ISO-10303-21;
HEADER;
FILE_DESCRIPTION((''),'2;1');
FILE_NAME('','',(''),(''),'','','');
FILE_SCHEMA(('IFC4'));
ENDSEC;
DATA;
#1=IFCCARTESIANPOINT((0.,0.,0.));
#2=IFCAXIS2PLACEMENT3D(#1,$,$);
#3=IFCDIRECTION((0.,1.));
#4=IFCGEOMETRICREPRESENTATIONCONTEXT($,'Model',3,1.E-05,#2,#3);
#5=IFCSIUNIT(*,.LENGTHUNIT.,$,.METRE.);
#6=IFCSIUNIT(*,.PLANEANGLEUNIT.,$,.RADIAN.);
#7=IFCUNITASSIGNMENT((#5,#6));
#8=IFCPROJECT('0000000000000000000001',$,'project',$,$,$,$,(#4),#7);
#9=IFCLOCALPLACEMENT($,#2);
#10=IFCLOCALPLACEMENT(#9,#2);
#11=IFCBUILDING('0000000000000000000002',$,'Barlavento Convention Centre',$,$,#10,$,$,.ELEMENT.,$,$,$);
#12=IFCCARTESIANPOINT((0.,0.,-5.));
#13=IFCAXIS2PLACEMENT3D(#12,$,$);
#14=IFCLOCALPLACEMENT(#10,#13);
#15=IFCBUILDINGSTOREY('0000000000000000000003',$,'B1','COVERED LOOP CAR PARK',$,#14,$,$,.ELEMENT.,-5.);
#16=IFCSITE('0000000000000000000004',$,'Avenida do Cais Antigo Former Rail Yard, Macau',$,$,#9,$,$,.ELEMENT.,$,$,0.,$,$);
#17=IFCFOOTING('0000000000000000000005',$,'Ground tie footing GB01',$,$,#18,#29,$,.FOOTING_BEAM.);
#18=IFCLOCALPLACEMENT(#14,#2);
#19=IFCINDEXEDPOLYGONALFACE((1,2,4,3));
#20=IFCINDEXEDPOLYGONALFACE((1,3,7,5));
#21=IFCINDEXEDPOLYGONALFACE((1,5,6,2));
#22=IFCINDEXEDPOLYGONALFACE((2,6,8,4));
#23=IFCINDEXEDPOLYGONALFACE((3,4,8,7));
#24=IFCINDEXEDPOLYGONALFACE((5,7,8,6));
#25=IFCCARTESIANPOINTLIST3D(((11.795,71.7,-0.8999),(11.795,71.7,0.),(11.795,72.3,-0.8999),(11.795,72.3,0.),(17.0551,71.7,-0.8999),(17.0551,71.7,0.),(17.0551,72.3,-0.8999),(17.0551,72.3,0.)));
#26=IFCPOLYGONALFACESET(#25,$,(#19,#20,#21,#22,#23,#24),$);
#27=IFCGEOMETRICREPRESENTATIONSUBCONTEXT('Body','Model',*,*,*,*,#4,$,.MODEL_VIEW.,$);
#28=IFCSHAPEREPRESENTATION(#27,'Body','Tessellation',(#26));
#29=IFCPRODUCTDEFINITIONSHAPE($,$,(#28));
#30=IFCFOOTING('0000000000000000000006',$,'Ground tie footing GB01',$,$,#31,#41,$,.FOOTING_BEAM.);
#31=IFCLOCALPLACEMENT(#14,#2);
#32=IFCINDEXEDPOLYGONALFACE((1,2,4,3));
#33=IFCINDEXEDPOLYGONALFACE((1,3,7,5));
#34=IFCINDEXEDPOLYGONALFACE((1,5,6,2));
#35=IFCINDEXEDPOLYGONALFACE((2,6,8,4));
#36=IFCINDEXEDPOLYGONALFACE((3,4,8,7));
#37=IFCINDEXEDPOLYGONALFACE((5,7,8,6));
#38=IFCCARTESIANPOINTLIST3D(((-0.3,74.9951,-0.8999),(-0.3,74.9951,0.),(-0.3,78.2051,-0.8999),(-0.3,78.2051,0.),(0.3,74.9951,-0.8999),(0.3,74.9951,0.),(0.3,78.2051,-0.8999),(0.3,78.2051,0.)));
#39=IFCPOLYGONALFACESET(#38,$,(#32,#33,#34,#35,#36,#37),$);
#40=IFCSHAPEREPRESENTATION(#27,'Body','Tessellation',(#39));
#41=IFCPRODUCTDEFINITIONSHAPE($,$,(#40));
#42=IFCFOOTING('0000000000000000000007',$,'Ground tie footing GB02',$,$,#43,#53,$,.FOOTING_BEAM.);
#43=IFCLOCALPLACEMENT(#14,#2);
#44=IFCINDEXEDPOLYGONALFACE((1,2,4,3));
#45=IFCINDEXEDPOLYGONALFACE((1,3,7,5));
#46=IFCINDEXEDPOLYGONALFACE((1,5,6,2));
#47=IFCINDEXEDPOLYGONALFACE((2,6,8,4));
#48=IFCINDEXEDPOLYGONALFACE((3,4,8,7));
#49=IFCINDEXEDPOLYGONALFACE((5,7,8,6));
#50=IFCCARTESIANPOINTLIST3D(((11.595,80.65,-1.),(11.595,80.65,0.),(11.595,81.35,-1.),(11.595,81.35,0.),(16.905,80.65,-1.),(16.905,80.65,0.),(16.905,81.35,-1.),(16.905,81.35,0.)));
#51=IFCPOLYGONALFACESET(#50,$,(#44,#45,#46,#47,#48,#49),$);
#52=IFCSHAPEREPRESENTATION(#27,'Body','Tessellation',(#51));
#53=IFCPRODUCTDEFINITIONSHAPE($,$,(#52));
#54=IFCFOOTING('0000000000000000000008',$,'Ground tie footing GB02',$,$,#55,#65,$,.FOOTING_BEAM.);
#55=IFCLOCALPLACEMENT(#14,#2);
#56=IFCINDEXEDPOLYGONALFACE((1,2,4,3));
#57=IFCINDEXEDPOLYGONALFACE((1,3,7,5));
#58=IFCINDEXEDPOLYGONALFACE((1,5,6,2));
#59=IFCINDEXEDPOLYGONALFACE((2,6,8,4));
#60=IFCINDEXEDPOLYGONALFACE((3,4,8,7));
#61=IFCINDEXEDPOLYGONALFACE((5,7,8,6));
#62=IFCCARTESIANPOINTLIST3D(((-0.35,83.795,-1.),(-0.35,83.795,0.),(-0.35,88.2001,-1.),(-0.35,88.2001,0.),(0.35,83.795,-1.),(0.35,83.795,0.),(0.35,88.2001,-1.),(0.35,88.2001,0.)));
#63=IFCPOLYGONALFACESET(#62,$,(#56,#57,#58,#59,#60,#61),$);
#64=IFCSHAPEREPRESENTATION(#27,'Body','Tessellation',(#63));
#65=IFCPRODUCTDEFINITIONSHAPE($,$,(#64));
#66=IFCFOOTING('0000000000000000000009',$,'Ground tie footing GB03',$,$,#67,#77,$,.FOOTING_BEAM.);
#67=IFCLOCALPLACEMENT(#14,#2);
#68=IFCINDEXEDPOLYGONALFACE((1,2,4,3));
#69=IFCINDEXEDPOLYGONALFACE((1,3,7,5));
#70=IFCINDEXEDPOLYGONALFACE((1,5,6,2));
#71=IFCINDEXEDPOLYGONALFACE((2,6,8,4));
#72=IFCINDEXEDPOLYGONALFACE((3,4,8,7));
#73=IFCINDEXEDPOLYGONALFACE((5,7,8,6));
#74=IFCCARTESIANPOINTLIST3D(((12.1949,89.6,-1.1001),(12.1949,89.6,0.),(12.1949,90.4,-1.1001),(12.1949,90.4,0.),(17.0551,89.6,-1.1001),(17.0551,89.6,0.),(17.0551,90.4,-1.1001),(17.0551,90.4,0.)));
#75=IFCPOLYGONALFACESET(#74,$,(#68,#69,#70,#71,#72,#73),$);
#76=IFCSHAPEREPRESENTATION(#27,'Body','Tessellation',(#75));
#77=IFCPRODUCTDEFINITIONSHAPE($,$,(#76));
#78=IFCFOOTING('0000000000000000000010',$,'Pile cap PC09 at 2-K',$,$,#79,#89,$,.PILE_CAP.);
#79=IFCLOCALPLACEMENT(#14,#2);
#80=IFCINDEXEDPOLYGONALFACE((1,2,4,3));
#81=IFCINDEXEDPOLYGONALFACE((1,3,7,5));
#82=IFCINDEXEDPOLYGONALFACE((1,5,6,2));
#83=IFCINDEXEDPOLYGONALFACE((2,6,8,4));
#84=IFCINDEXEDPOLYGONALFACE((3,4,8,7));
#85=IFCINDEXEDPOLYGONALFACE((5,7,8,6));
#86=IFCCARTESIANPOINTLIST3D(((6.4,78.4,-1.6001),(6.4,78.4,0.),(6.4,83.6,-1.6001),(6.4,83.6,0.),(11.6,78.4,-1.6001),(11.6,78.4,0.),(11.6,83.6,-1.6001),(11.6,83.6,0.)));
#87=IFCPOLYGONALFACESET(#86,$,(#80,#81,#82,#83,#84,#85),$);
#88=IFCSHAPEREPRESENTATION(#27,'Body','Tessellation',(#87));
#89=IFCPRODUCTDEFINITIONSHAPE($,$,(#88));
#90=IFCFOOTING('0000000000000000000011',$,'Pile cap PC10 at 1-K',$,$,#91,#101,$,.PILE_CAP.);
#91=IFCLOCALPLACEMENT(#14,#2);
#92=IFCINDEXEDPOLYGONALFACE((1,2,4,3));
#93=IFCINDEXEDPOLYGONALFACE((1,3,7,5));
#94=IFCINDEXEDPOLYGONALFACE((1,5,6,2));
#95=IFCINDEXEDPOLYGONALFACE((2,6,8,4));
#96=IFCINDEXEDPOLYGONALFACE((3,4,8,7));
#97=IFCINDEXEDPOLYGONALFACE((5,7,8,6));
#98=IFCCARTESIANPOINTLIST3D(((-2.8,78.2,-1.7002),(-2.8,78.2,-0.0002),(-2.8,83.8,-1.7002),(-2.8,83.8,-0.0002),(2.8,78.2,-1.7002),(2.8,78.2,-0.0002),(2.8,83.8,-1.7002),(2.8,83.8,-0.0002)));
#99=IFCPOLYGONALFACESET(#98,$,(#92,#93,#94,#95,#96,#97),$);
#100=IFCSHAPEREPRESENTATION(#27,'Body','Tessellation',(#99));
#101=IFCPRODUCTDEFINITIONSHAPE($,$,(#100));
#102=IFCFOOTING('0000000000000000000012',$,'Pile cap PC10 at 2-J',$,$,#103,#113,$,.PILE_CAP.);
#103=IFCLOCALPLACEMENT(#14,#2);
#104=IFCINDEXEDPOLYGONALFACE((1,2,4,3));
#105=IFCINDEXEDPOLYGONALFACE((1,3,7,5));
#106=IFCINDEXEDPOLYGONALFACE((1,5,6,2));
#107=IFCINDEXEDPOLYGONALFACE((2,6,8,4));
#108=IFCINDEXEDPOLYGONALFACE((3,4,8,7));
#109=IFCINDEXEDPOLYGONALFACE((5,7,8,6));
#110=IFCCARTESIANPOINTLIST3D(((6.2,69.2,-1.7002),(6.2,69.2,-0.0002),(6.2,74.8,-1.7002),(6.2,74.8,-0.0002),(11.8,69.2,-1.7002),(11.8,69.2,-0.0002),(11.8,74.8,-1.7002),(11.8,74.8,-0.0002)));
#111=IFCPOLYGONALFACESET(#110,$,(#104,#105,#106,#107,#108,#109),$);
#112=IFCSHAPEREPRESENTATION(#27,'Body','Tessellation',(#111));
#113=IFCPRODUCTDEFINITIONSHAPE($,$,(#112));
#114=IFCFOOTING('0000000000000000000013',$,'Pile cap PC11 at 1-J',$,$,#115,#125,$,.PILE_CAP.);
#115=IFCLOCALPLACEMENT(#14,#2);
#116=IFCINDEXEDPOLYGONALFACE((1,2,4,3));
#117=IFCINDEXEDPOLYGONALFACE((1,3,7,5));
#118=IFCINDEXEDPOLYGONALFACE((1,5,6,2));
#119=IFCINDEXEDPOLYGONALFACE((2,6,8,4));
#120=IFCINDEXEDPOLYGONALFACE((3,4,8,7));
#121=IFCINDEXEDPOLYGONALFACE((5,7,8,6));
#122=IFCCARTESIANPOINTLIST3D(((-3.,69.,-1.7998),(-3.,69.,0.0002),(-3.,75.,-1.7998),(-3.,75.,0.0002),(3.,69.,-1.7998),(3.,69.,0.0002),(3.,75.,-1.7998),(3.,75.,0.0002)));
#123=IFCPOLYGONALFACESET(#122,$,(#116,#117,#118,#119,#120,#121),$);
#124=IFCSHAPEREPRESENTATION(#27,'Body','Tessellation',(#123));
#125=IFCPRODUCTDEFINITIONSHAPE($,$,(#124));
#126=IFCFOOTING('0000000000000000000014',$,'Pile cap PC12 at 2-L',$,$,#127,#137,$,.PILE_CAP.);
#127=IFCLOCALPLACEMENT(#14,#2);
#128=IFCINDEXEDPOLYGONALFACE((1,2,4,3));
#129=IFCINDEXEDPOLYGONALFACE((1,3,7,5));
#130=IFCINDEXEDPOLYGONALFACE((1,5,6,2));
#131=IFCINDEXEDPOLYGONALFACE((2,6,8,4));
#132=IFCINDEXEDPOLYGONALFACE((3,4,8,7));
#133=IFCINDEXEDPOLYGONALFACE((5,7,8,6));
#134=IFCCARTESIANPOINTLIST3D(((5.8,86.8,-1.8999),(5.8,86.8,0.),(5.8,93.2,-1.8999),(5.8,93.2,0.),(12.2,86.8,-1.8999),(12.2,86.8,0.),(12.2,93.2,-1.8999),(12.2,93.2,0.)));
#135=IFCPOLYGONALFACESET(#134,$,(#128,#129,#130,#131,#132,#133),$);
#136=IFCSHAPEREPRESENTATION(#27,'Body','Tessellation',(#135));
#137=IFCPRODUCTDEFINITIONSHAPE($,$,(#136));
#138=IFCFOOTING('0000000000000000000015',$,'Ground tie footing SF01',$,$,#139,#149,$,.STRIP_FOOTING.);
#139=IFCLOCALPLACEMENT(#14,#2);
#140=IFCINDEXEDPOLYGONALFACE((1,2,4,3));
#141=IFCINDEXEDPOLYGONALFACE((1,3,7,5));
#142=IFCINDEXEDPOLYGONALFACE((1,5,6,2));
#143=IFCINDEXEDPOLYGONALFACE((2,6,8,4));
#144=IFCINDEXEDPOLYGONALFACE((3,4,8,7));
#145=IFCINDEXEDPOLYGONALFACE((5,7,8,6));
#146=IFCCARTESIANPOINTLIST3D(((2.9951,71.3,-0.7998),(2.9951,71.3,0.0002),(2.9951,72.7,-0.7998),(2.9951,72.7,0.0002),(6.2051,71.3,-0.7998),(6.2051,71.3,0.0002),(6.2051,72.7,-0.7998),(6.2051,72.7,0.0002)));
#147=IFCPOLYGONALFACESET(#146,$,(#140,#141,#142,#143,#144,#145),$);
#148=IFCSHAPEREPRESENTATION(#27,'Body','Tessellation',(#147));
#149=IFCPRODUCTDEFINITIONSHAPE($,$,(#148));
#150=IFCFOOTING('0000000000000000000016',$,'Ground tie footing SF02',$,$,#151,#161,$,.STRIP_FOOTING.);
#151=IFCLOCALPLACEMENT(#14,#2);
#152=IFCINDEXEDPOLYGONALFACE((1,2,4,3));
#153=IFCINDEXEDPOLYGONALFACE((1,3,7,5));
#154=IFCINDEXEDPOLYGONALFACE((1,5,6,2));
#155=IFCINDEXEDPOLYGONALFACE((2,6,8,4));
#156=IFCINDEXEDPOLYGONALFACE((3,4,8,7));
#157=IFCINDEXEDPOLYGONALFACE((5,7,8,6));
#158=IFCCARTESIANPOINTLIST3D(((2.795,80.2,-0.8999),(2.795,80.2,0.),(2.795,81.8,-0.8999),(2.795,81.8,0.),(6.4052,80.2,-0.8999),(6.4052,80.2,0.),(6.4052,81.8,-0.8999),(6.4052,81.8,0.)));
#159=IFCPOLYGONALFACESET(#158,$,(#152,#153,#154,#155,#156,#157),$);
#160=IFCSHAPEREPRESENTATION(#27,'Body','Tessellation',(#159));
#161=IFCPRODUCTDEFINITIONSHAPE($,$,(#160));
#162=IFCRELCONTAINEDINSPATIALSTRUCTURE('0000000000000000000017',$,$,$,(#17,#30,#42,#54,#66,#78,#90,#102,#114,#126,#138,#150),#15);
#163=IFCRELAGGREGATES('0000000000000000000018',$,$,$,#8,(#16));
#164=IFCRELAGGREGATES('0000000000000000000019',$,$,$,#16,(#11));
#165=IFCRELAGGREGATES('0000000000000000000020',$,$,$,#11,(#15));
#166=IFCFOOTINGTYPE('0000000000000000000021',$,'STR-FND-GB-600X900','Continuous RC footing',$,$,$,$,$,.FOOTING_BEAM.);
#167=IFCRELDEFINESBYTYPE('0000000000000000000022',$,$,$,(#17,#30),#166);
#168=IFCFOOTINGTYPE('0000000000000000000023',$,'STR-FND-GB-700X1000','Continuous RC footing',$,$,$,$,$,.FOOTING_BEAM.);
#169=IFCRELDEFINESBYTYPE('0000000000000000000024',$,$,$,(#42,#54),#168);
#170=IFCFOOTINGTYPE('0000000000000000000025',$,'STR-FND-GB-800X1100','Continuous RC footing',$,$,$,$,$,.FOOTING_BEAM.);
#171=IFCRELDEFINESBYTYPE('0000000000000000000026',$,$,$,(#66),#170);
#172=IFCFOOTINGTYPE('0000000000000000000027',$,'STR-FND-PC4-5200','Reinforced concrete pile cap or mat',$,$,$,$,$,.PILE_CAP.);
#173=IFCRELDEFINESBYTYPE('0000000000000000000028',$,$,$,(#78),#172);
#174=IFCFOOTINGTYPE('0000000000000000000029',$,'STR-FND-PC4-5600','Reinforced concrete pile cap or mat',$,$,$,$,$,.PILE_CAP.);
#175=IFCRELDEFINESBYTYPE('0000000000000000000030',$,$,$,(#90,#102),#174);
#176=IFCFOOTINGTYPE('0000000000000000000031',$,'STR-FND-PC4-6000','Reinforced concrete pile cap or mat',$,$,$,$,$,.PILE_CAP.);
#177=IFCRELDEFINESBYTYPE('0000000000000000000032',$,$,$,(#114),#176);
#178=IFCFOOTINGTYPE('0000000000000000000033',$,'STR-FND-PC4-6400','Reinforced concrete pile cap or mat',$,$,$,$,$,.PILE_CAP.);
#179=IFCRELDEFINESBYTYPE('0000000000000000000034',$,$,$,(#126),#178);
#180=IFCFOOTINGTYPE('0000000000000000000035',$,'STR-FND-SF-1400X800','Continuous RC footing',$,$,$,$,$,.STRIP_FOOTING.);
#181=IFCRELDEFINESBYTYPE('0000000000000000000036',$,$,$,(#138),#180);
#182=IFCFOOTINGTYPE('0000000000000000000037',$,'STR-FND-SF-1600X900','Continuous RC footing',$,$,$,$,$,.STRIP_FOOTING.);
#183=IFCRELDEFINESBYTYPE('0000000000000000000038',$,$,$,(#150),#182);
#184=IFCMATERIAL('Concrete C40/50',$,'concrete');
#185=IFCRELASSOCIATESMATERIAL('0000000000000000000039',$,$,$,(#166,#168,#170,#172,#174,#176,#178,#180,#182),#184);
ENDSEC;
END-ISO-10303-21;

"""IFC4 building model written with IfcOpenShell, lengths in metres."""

from ifc_helpers import new_model, si_unit, direction, frame, origin, origin_2d, place, context, subcontext, project, spatial, rectangle, extrude, material, type_object, element, save


model = new_model("IFC4")

# Units and contexts
model_context = context("Model", 3, precision=1e-05, world=origin(), true_north=direction((0.0, 1.0)))
body_context = subcontext(model_context, "Body", "Model", "MODEL_VIEW")
ifc_project = project(units=[si_unit("LENGTHUNIT", "METRE"), si_unit("PLANEANGLEUNIT", "RADIAN")], contexts=[model_context])

# Site, building, storey
site_placement = place(None, origin())
site = spatial("IfcSite", under=ifc_project, at=site_placement, Name="Avenida do Cais Antigo Former Rail Yard, Macau", CompositionType="ELEMENT", RefElevation=0.0)
building_placement = place(site_placement, origin())
building = spatial("IfcBuilding", under=site, at=building_placement, Name="Barlavento Convention Centre", CompositionType="ELEMENT")
storey_placement = place(building_placement, frame((0.0, 0.0, -5.0)))
storey = spatial("IfcBuildingStorey", under=building, at=storey_placement, Name="B1", Description="COVERED LOOP CAR PARK", CompositionType="ELEMENT", Elevation=-5.0)

# Footings
ifc_material_1 = material(Name="Concrete C40/50", Category="concrete")
footing_type_1 = type_object("IfcFootingType", Name="STR-FND-GB-600X900", Description="Continuous RC footing", PredefinedType="FOOTING_BEAM", material=ifc_material_1)
footing_1_placement = place(storey_placement, frame((14.425, 72.0, -0.8999), z_axis=(0.0, 0.0, 1.0), x_axis=(1.0, 0.0, 0.0)))
element("IfcFooting", 1, at=footing_1_placement, inside=storey, type_object=footing_type_1, Name="Ground tie footing GB01", PredefinedType="FOOTING_BEAM", context=body_context, shape_type="SweptSolid", body=[
    extrude(rectangle(XDim=5.26, YDim=0.6001, at=origin_2d()), origin(), (0.0, 0.0, 1.0), 0.8999),
])
footing_2_placement = place(storey_placement, frame((0.0, 76.6001, -0.8999), z_axis=(0.0, 0.0, 1.0), x_axis=(1.0, 0.0, 0.0)))
element("IfcFooting", 2, at=footing_2_placement, inside=storey, type_object=footing_type_1, Name="Ground tie footing GB01", PredefinedType="FOOTING_BEAM", context=body_context, shape_type="SweptSolid", body=[
    extrude(rectangle(XDim=0.6001, YDim=3.21, at=origin_2d()), origin(), (0.0, 0.0, 1.0), 0.8999),
])
footing_type_2 = type_object("IfcFootingType", Name="STR-FND-GB-700X1000", Description="Continuous RC footing", PredefinedType="FOOTING_BEAM", material=ifc_material_1)
footing_3_placement = place(storey_placement, frame((14.25, 81.0, -1.0), z_axis=(0.0, 0.0, 1.0), x_axis=(1.0, 0.0, 0.0)))
element("IfcFooting", 3, at=footing_3_placement, inside=storey, type_object=footing_type_2, Name="Ground tie footing GB02", PredefinedType="FOOTING_BEAM", context=body_context, shape_type="SweptSolid", body=[
    extrude(rectangle(XDim=5.3101, YDim=0.7, at=origin_2d()), origin(), (0.0, 0.0, 1.0), 1.0),
])
footing_4_placement = place(storey_placement, frame((0.0, 85.9976, -1.0), z_axis=(0.0, 0.0, 1.0), x_axis=(1.0, 0.0, 0.0)))
element("IfcFooting", 4, at=footing_4_placement, inside=storey, type_object=footing_type_2, Name="Ground tie footing GB02", PredefinedType="FOOTING_BEAM", context=body_context, shape_type="SweptSolid", body=[
    extrude(rectangle(XDim=0.7, YDim=4.405, at=origin_2d()), origin(), (0.0, 0.0, 1.0), 1.0),
])
footing_type_3 = type_object("IfcFootingType", Name="STR-FND-GB-800X1100", Description="Continuous RC footing", PredefinedType="FOOTING_BEAM", material=ifc_material_1)
footing_5_placement = place(storey_placement, frame((14.625, 90.0, -1.1001), z_axis=(0.0, 0.0, 1.0), x_axis=(1.0, 0.0, 0.0)))
element("IfcFooting", 5, at=footing_5_placement, inside=storey, type_object=footing_type_3, Name="Ground tie footing GB03", PredefinedType="FOOTING_BEAM", context=body_context, shape_type="SweptSolid", body=[
    extrude(rectangle(XDim=4.8601, YDim=0.8, at=origin_2d()), origin(), (0.0, 0.0, 1.0), 1.1001),
])
footing_type_4 = type_object("IfcFootingType", Name="STR-FND-PC4-5200", Description="Reinforced concrete pile cap or mat", PredefinedType="PILE_CAP", material=ifc_material_1)
footing_6_placement = place(storey_placement, frame((9.0, 81.0, -1.6001), z_axis=(0.0, 0.0, 1.0), x_axis=(1.0, 0.0, 0.0)))
element("IfcFooting", 6, at=footing_6_placement, inside=storey, type_object=footing_type_4, Name="Pile cap PC09 at 2-K", PredefinedType="PILE_CAP", context=body_context, shape_type="SweptSolid", body=[
    extrude(rectangle(XDim=5.2, YDim=5.2, at=origin_2d()), origin(), (0.0, 0.0, 1.0), 1.6001),
])
footing_type_5 = type_object("IfcFootingType", Name="STR-FND-PC4-5600", Description="Reinforced concrete pile cap or mat", PredefinedType="PILE_CAP", material=ifc_material_1)
for number, where, z_axis, x_axis, name in (
    (7, (0.0, 81.0, -1.7002), (0.0, 0.0, 1.0), (1.0, 0.0, 0.0), "Pile cap PC10 at 1-K"),
    (8, (9.0, 72.0, -1.7002), (0.0, 0.0, 1.0), (1.0, 0.0, 0.0), "Pile cap PC10 at 2-J"),
):
    element("IfcFooting", number, at=place(storey_placement, frame(where, z_axis=z_axis, x_axis=x_axis)), inside=storey, type_object=footing_type_5, Name=name, PredefinedType="PILE_CAP", context=body_context, shape_type="SweptSolid", body=[
        extrude(rectangle(XDim=5.6001, YDim=5.6001, at=origin_2d()), origin(), (0.0, 0.0, 1.0), 1.7),
    ])
footing_type_6 = type_object("IfcFootingType", Name="STR-FND-PC4-6000", Description="Reinforced concrete pile cap or mat", PredefinedType="PILE_CAP", material=ifc_material_1)
footing_7_placement = place(storey_placement, frame((0.0, 72.0, -1.7998), z_axis=(0.0, 0.0, 1.0), x_axis=(1.0, 0.0, 0.0)))
element("IfcFooting", 9, at=footing_7_placement, inside=storey, type_object=footing_type_6, Name="Pile cap PC11 at 1-J", PredefinedType="PILE_CAP", context=body_context, shape_type="SweptSolid", body=[
    extrude(rectangle(XDim=6.0, YDim=6.0, at=origin_2d()), origin(), (0.0, 0.0, 1.0), 1.8),
])
footing_type_7 = type_object("IfcFootingType", Name="STR-FND-PC4-6400", Description="Reinforced concrete pile cap or mat", PredefinedType="PILE_CAP", material=ifc_material_1)
footing_8_placement = place(storey_placement, frame((9.0, 90.0, -1.8999), z_axis=(0.0, 0.0, 1.0), x_axis=(1.0, 0.0, 0.0)))
element("IfcFooting", 10, at=footing_8_placement, inside=storey, type_object=footing_type_7, Name="Pile cap PC12 at 2-L", PredefinedType="PILE_CAP", context=body_context, shape_type="SweptSolid", body=[
    extrude(rectangle(XDim=6.3999, YDim=6.3999, at=origin_2d()), origin(), (0.0, 0.0, 1.0), 1.8999),
])
footing_type_8 = type_object("IfcFootingType", Name="STR-FND-SF-1400X800", Description="Continuous RC footing", PredefinedType="STRIP_FOOTING", material=ifc_material_1)
footing_9_placement = place(storey_placement, frame((4.6001, 72.0, -0.7998), z_axis=(0.0, 0.0, 1.0), x_axis=(1.0, 0.0, 0.0)))
element("IfcFooting", 11, at=footing_9_placement, inside=storey, type_object=footing_type_8, Name="Ground tie footing SF01", PredefinedType="STRIP_FOOTING", context=body_context, shape_type="SweptSolid", body=[
    extrude(rectangle(XDim=3.21, YDim=1.3999, at=origin_2d()), origin(), (0.0, 0.0, 1.0), 0.8),
])
footing_type_9 = type_object("IfcFootingType", Name="STR-FND-SF-1600X900", Description="Continuous RC footing", PredefinedType="STRIP_FOOTING", material=ifc_material_1)
footing_10_placement = place(storey_placement, frame((4.6001, 81.0, -0.8999), z_axis=(0.0, 0.0, 1.0), x_axis=(1.0, 0.0, 0.0)))
element("IfcFooting", 12, at=footing_10_placement, inside=storey, type_object=footing_type_9, Name="Ground tie footing SF02", PredefinedType="STRIP_FOOTING", context=body_context, shape_type="SweptSolid", body=[
    extrude(rectangle(XDim=3.6101, YDim=1.6001, at=origin_2d()), origin(), (0.0, 0.0, 1.0), 0.8999),
])

save(model, "model.ifc")
